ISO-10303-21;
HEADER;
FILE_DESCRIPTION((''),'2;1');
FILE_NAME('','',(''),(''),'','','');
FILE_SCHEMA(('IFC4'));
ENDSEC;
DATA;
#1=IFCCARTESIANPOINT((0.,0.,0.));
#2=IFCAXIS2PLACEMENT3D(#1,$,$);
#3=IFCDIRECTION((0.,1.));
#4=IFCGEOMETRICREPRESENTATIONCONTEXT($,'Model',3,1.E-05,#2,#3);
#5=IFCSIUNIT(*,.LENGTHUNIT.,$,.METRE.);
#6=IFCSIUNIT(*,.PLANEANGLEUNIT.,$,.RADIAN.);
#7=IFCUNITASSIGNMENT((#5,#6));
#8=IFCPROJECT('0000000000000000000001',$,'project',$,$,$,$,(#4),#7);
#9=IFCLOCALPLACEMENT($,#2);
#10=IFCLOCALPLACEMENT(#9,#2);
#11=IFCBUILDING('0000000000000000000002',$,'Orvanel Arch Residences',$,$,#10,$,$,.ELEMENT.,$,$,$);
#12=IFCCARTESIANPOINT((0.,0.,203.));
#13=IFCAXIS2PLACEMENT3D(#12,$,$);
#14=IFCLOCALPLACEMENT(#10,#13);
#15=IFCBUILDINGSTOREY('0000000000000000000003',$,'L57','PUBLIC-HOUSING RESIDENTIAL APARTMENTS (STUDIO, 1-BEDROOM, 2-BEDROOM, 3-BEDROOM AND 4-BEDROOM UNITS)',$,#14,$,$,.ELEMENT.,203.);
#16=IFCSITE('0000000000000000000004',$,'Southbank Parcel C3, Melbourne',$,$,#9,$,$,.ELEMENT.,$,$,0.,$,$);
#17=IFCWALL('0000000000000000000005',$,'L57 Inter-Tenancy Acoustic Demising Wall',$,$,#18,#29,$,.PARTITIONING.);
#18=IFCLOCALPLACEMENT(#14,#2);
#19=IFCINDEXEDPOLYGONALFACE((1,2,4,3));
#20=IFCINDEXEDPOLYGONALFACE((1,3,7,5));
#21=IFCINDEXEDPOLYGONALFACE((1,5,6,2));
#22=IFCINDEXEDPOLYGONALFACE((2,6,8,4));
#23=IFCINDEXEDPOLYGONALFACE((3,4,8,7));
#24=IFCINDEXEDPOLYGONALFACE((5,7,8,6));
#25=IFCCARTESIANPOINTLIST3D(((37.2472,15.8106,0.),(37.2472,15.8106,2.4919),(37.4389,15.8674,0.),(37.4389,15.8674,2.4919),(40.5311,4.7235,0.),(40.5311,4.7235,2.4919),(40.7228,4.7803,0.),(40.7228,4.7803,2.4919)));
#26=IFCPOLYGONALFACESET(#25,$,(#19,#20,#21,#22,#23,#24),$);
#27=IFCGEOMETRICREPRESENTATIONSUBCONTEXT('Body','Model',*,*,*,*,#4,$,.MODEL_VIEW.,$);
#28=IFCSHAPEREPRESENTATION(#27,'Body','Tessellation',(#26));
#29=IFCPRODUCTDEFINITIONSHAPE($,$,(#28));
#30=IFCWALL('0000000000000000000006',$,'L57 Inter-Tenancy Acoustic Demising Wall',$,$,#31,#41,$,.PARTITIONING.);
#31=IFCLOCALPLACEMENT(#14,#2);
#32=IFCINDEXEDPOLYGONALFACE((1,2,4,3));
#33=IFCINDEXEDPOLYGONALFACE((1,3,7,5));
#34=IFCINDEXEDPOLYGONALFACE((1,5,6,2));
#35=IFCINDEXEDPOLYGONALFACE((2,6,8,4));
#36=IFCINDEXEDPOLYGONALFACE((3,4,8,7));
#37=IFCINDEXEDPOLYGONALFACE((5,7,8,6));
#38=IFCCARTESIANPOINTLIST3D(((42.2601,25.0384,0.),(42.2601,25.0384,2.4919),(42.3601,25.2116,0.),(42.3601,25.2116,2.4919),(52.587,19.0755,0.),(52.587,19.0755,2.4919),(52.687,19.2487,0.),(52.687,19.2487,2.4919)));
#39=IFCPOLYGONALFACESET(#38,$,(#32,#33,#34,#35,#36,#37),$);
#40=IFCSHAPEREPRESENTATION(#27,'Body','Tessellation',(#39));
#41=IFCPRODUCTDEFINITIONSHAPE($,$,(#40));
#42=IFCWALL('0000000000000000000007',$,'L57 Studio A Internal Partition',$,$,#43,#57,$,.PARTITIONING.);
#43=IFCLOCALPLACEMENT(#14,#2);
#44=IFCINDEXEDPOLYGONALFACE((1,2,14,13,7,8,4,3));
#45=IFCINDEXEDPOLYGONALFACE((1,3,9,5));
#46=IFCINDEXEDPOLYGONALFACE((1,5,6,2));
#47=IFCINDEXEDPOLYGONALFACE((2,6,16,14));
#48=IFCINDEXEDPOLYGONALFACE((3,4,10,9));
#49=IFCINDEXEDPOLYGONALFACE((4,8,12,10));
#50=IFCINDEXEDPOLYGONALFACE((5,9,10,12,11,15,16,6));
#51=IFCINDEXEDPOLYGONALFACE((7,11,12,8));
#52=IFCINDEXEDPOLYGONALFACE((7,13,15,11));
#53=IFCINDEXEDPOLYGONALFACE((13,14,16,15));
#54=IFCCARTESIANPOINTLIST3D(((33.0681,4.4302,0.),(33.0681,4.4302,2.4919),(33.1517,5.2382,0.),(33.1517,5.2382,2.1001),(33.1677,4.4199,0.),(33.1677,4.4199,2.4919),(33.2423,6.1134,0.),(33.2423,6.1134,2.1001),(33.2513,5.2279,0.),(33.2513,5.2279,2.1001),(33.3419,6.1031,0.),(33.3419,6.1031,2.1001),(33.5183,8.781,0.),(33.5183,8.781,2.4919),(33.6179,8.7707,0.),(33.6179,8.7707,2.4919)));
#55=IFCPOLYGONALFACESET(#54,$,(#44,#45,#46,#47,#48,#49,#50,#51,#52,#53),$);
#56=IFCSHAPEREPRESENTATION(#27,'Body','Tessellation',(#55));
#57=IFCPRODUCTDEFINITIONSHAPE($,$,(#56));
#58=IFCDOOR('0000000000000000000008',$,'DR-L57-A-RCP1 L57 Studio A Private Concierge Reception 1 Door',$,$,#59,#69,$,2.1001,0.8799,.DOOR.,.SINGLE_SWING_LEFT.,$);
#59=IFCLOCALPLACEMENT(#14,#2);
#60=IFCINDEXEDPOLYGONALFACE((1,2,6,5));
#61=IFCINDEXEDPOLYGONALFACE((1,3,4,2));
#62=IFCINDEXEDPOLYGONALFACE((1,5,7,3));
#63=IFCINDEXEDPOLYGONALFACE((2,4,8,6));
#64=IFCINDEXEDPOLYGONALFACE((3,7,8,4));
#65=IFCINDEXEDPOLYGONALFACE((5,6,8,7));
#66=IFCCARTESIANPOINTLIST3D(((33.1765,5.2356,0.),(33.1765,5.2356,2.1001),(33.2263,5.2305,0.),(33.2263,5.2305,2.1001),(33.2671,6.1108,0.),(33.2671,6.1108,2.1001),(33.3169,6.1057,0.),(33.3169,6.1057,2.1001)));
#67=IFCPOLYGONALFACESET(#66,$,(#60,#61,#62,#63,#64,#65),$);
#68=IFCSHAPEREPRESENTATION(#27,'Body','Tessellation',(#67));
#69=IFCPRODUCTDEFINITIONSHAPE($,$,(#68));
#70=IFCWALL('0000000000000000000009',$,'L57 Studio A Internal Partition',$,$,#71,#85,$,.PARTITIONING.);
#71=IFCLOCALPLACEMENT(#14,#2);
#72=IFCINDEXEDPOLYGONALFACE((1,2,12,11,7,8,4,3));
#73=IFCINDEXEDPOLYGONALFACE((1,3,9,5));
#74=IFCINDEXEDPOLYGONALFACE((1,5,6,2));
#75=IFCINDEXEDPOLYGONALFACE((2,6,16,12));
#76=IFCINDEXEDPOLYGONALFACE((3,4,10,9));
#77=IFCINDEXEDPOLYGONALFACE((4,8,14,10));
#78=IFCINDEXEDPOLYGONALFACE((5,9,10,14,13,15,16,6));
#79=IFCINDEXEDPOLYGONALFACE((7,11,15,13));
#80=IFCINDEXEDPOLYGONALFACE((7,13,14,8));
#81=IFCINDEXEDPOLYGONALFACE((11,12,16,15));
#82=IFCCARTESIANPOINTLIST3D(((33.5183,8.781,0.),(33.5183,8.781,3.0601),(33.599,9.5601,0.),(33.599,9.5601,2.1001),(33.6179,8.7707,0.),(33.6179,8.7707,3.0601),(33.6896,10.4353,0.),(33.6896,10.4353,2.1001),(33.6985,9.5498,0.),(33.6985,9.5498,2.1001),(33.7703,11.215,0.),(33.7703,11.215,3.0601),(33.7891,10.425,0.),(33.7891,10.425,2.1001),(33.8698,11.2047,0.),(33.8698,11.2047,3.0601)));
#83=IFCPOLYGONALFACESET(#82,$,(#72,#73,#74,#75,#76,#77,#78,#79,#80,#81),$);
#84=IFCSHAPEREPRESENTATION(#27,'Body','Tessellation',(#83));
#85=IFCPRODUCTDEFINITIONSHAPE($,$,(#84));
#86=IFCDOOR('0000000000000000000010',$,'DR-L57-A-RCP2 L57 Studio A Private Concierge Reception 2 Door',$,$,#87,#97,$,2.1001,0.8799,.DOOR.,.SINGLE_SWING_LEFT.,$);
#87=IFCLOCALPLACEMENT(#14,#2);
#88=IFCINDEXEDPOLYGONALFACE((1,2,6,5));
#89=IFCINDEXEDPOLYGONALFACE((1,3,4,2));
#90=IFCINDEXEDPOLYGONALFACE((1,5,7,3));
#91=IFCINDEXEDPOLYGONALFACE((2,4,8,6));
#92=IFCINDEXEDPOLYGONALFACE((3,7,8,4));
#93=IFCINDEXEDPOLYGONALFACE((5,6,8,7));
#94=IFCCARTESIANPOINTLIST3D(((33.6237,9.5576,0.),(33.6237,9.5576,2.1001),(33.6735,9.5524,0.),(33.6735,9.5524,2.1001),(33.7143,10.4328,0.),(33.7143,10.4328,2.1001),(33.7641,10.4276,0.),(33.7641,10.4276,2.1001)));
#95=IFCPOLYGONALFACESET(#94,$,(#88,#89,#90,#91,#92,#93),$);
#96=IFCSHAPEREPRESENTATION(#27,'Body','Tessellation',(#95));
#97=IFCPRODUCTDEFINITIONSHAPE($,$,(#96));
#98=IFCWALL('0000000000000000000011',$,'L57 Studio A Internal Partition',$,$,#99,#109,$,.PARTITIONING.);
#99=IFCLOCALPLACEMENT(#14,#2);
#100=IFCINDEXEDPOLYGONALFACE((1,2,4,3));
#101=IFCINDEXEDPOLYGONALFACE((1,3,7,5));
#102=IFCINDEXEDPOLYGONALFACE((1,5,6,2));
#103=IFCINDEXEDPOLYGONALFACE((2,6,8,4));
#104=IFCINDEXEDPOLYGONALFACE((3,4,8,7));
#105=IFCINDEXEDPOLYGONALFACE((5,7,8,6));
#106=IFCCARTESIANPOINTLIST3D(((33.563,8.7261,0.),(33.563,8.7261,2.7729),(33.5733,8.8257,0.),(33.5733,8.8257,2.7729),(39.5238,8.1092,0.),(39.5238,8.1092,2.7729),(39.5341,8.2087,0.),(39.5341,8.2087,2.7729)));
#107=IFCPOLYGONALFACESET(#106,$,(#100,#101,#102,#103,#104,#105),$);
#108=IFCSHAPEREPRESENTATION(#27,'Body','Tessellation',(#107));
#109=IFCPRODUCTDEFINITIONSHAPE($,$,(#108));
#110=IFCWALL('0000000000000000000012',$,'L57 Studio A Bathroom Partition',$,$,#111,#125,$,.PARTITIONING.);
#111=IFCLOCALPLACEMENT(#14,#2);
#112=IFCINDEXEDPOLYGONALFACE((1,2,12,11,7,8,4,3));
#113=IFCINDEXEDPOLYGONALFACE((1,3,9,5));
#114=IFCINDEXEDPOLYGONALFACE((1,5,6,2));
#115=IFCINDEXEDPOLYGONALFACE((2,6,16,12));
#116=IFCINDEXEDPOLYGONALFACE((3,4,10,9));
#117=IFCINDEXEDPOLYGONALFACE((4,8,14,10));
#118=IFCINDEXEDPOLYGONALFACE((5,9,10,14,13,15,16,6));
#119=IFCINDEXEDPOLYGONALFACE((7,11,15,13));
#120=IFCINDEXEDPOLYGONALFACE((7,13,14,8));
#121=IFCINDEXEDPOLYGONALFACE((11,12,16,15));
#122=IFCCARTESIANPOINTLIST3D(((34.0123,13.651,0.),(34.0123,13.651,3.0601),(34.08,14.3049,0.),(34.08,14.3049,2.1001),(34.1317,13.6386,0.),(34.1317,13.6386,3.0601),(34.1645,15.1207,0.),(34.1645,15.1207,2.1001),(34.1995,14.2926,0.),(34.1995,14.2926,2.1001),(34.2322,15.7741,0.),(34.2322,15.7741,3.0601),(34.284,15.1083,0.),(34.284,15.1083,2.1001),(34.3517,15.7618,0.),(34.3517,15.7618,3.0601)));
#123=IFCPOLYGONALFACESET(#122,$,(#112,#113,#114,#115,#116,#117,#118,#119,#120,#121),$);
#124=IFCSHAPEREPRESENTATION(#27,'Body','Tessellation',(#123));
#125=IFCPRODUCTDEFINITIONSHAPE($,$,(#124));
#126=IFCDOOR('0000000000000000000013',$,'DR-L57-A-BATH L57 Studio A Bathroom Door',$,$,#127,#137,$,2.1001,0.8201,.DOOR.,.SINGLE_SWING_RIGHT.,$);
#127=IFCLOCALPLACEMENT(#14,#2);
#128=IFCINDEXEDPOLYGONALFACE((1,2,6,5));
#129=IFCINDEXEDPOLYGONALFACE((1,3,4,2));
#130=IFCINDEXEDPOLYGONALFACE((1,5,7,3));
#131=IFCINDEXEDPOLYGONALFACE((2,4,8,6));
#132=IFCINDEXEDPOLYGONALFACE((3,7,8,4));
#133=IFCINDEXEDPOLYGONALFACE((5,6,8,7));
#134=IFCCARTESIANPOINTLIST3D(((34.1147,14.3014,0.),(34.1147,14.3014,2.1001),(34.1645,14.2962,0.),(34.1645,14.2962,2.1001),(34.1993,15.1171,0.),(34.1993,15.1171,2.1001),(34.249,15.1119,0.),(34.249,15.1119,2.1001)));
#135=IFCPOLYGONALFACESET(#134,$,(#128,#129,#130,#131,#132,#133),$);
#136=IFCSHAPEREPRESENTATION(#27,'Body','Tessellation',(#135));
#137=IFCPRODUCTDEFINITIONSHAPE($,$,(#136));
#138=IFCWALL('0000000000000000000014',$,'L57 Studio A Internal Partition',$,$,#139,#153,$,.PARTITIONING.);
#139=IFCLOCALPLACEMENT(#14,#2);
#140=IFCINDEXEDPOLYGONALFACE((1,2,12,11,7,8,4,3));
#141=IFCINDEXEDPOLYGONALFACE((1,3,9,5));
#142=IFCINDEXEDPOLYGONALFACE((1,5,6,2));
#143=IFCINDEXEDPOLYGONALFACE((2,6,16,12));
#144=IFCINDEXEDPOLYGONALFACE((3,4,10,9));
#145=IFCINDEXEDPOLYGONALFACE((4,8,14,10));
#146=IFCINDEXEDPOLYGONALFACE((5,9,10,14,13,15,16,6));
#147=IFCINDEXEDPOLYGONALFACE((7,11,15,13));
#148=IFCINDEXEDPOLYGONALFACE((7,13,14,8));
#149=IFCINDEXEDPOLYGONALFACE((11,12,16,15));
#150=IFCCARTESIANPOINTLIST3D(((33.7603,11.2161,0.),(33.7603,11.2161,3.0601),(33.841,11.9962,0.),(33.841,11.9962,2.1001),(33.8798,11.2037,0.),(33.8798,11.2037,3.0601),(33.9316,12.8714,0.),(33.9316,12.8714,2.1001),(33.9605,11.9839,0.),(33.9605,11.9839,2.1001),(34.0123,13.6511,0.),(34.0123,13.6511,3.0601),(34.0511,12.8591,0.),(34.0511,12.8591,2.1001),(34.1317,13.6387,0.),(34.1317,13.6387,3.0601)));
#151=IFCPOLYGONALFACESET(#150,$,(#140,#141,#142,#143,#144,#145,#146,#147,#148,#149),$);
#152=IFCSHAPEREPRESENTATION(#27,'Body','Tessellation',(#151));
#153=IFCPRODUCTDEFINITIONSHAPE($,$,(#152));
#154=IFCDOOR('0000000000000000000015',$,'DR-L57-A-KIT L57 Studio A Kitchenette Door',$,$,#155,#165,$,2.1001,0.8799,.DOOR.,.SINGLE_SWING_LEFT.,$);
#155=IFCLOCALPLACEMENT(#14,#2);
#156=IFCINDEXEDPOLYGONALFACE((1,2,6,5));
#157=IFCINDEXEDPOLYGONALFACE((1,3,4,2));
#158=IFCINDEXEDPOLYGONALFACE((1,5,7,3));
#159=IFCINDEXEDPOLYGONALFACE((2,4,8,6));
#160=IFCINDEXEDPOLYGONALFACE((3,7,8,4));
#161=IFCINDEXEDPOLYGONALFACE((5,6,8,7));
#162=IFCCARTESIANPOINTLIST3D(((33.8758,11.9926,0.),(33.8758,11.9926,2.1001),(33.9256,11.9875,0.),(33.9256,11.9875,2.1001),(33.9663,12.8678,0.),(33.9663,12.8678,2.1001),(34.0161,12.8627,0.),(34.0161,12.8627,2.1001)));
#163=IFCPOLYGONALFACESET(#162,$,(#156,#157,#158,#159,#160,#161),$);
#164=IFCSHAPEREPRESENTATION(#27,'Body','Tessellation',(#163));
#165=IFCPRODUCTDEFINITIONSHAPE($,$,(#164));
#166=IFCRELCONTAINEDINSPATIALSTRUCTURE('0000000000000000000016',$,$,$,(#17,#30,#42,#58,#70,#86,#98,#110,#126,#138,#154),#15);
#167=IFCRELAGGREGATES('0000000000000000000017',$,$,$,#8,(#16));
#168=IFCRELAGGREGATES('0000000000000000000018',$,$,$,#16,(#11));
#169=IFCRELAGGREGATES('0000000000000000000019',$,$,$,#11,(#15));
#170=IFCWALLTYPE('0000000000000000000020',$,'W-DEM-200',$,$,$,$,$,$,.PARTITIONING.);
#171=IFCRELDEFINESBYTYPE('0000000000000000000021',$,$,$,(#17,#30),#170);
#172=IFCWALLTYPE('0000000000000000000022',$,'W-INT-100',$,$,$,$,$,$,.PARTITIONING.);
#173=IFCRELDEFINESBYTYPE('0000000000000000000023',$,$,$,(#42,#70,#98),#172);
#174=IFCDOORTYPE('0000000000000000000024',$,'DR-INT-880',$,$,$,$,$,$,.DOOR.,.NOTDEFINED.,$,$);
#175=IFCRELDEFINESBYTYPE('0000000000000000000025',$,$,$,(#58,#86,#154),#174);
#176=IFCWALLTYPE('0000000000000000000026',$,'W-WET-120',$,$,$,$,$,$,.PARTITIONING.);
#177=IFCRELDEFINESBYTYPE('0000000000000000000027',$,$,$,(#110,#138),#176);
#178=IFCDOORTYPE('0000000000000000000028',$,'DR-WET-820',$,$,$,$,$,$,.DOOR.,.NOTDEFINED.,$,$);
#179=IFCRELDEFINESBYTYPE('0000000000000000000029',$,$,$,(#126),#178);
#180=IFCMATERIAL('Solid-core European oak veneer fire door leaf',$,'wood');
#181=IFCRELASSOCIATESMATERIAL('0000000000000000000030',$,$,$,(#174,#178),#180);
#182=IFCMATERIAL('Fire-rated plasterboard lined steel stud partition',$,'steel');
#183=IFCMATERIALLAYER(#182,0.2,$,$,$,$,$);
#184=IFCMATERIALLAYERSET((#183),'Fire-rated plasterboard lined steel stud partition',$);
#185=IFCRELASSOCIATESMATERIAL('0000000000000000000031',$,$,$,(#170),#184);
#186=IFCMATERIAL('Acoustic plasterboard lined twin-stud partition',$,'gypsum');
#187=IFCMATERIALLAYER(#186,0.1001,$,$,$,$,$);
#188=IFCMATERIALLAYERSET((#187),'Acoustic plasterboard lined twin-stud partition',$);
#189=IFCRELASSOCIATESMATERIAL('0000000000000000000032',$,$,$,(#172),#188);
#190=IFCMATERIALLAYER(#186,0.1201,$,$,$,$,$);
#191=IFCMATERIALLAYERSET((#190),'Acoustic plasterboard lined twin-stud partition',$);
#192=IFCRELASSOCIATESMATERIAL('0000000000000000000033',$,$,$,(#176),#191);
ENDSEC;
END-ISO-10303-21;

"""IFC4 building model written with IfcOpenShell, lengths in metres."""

from ifc_helpers import new_model, si_unit, direction, frame, frame_2d, origin, place, context, subcontext, project, spatial, rectangle, extrude, material, layer, layer_set, type_object, element, fill, save


model = new_model("IFC4")

# Units and contexts
model_context = context("Model", 3, precision=1e-05, world=origin(), true_north=direction((0.0, 1.0)))
body_context = subcontext(model_context, "Body", "Model", "MODEL_VIEW")
ifc_project = project(units=[si_unit("LENGTHUNIT", "METRE"), si_unit("PLANEANGLEUNIT", "RADIAN")], contexts=[model_context])

# Site, building, storey
site_placement = place(None, origin())
site = spatial("IfcSite", under=ifc_project, at=site_placement, Name="Southbank Parcel C3, Melbourne", CompositionType="ELEMENT", RefElevation=0.0)
building_placement = place(site_placement, origin())
building = spatial("IfcBuilding", under=site, at=building_placement, Name="Orvanel Arch Residences", CompositionType="ELEMENT")
storey_placement = place(building_placement, frame((0.0, 0.0, 203.0)))
storey = spatial("IfcBuildingStorey", under=building, at=storey_placement, Name="L57", Description="PUBLIC-HOUSING RESIDENTIAL APARTMENTS (STUDIO, 1-BEDROOM, 2-BEDROOM, 3-BEDROOM AND 4-BEDROOM UNITS)", CompositionType="ELEMENT", Elevation=203.0)

# Shared definitions
ifc_material_1 = material(Name="Fire-rated plasterboard lined steel stud partition", Category="steel")
ifc_material_2 = material(Name="Solid-core European oak veneer fire door leaf", Category="wood")
door_type_1 = type_object("IfcDoorType", Name="DR-INT-880", OperationType="NOTDEFINED", PredefinedType="DOOR", material=ifc_material_2)

# Walls
ifc_layer_1 = layer(ifc_material_1, 0.2)
ifc_layer_set_1 = layer_set([ifc_layer_1], Name="Fire-rated plasterboard lined steel stud partition")
wall_type_1 = type_object("IfcWallType", Name="W-DEM-200", PredefinedType="PARTITIONING", material=ifc_layer_set_1)
wall_1_placement = place(storey_placement, frame((37.343, 15.8391, 0.0), z_axis=(0.0, 0.0, 1.0), x_axis=(0.283997, -0.958825, 0.0)))
element("IfcWall", 1, at=wall_1_placement, inside=storey, type_object=wall_type_1, Name="L57 Inter-Tenancy Acoustic Demising Wall", PredefinedType="PARTITIONING", context=body_context, shape_type="SweptSolid", body=[
    extrude(rectangle(XDim=11.5632, YDim=0.2, at=frame_2d((5.7817, 0.0))), origin(), (0.0, 0.0, 1.0), 2.4919),
])
wall_2_placement = place(storey_placement, frame((42.3101, 25.125, 0.0), z_axis=(0.0, 0.0, 1.0), x_axis=(0.866002, -0.500041, 0.0)))
element("IfcWall", 2, at=wall_2_placement, inside=storey, type_object=wall_type_1, Name="L57 Inter-Tenancy Acoustic Demising Wall", PredefinedType="PARTITIONING", context=body_context, shape_type="SweptSolid", body=[
    extrude(rectangle(XDim=11.9248, YDim=0.2, at=frame_2d((5.9624, 0.0))), origin(), (0.0, 0.0, 1.0), 2.4919),
])

# Walls, openings, doors
ifc_material_3 = material(Name="Acoustic plasterboard lined twin-stud partition", Category="gypsum")
ifc_layer_2 = layer(ifc_material_3, 0.1001)
ifc_layer_set_2 = layer_set([ifc_layer_2], Name="Acoustic plasterboard lined twin-stud partition")
wall_type_2 = type_object("IfcWallType", Name="W-INT-100", PredefinedType="PARTITIONING", material=ifc_layer_set_2)
wall_3_placement = place(storey_placement, frame((33.5681, 8.7759, 0.0), z_axis=(0.0, 0.0, 1.0), x_axis=(-0.102924, -0.994689, 0.0)))
wall_3 = element("IfcWall", 3, at=wall_3_placement, inside=storey, type_object=wall_type_2, Name="L57 Studio A Internal Partition", PredefinedType="PARTITIONING", context=body_context, shape_type="SweptSolid", body=[
    extrude(rectangle(XDim=4.374, YDim=0.1001, at=frame_2d((2.187, 0.0))), origin(), (0.0, 0.0, 1.0), 2.4919),
])
opening_1_placement = place(wall_3_placement, frame((2.6819, 0.0, 0.0)))
opening_1 = element("IfcOpeningElement", 4, at=opening_1_placement, cuts=wall_3, PredefinedType="OPENING", context=body_context, shape_type="SweptSolid", body=[
    extrude(rectangle(XDim=0.8799, YDim=2.1001, at=frame_2d((0.4399, 1.05))), frame((0.0, 0.0601, 0.0), z_axis=(0.0, -1.0, 0.0), x_axis=(1.0, 0.0, 0.0)), (0.0, 0.0, 1.0), 0.1201),
])
door_1_placement = place(opening_1_placement, origin())
door_1 = element("IfcDoor", 5, at=door_1_placement, inside=storey, type_object=door_type_1, Name="DR-L57-A-RCP1 L57 Studio A Private Concierge Reception 1 Door", OperationType="SINGLE_SWING_LEFT", OverallHeight=2.1001, OverallWidth=0.8799, PredefinedType="DOOR", context=body_context, shape_type="SweptSolid", body=[
    extrude(rectangle(XDim=0.8799, YDim=2.1001, at=frame_2d((0.4399, 1.05))), frame((0.0, 0.0249, 0.0), z_axis=(0.0, -1.0, 0.0), x_axis=(1.0, 0.0, 0.0)), (0.0, 0.0, 1.0), 0.05),
])
fill(opening_1, door_1)
wall_4_placement = place(storey_placement, frame((33.8201, 11.21, 0.0), z_axis=(0.0, 0.0, 1.0), x_axis=(-0.10296, -0.994685, 0.0)))
wall_4 = element("IfcWall", 6, at=wall_4_placement, inside=storey, type_object=wall_type_2, Name="L57 Studio A Internal Partition", PredefinedType="PARTITIONING", context=body_context, shape_type="SweptSolid", body=[
    extrude(rectangle(XDim=2.447, YDim=0.1001, at=frame_2d((1.2236, 0.0))), origin(), (0.0, 0.0, 1.0), 3.0601),
])
opening_2_placement = place(wall_4_placement, frame((0.7839, 0.0, 0.0)))
opening_2 = element("IfcOpeningElement", 7, at=opening_2_placement, cuts=wall_4, PredefinedType="OPENING", context=body_context, shape_type="SweptSolid", body=[
    extrude(rectangle(XDim=0.8799, YDim=2.1001, at=frame_2d((0.4399, 1.05))), frame((0.0, 0.0601, 0.0), z_axis=(0.0, -1.0, 0.0), x_axis=(1.0, 0.0, 0.0)), (0.0, 0.0, 1.0), 0.1201),
])
door_2_placement = place(opening_2_placement, origin())
door_2 = element("IfcDoor", 8, at=door_2_placement, inside=storey, type_object=door_type_1, Name="DR-L57-A-RCP2 L57 Studio A Private Concierge Reception 2 Door", OperationType="SINGLE_SWING_LEFT", OverallHeight=2.1001, OverallWidth=0.8799, PredefinedType="DOOR", context=body_context, shape_type="SweptSolid", body=[
    extrude(rectangle(XDim=0.8799, YDim=2.1001, at=frame_2d((0.4399, 1.05))), frame((0.0, 0.0249, 0.0), z_axis=(0.0, -1.0, 0.0), x_axis=(1.0, 0.0, 0.0)), (0.0, 0.0, 1.0), 0.05),
])
fill(opening_2, door_2)

# Wall
wall_5_placement = place(storey_placement, frame((33.5681, 8.7759, 0.0), z_axis=(0.0, 0.0, 1.0), x_axis=(0.994687, -0.102948, 0.0)))
element("IfcWall", 9, at=wall_5_placement, inside=storey, type_object=wall_type_2, Name="L57 Studio A Internal Partition", PredefinedType="PARTITIONING", context=body_context, shape_type="SweptSolid", body=[
    extrude(rectangle(XDim=5.9927, YDim=0.1001, at=frame_2d((2.9963, 0.0))), origin(), (0.0, 0.0, 1.0), 2.7729),
])

# Walls, openings, doors
ifc_layer_3 = layer(ifc_material_3, 0.1201)
ifc_layer_set_3 = layer_set([ifc_layer_3], Name="Acoustic plasterboard lined twin-stud partition")
wall_type_3 = type_object("IfcWallType", Name="W-WET-120", PredefinedType="PARTITIONING", material=ifc_layer_set_3)
wall_6_placement = place(storey_placement, frame((34.292, 15.7681, 0.0), z_axis=(0.0, 0.0, 1.0), x_axis=(-0.103059, -0.994675, 0.0)))
wall_6 = element("IfcWall", 10, at=wall_6_placement, inside=storey, type_object=wall_type_3, Name="L57 Studio A Bathroom Partition", PredefinedType="PARTITIONING", context=body_context, shape_type="SweptSolid", body=[
    extrude(rectangle(XDim=2.1345, YDim=0.1201, at=frame_2d((1.0674, 0.0))), origin(), (0.0, 0.0, 1.0), 3.0601),
])
opening_3_placement = place(wall_6_placement, frame((0.657, 0.0, 0.0)))
opening_3 = element("IfcOpeningElement", 11, at=opening_3_placement, cuts=wall_6, PredefinedType="OPENING", context=body_context, shape_type="SweptSolid", body=[
    extrude(rectangle(XDim=0.8201, YDim=2.1001, at=frame_2d((0.4102, 1.05))), frame((0.0, 0.0701, 0.0), z_axis=(0.0, -1.0, 0.0), x_axis=(1.0, 0.0, 0.0)), (0.0, 0.0, 1.0), 0.1401),
])
door_type_2 = type_object("IfcDoorType", Name="DR-WET-820", OperationType="NOTDEFINED", PredefinedType="DOOR", material=ifc_material_2)
door_3_placement = place(opening_3_placement, origin())
door_3 = element("IfcDoor", 12, at=door_3_placement, inside=storey, type_object=door_type_2, Name="DR-L57-A-BATH L57 Studio A Bathroom Door", OperationType="SINGLE_SWING_RIGHT", OverallHeight=2.1001, OverallWidth=0.8201, PredefinedType="DOOR", context=body_context, shape_type="SweptSolid", body=[
    extrude(rectangle(XDim=0.8201, YDim=2.1001, at=frame_2d((0.4102, 1.05))), frame((0.0, 0.0249, 0.0), z_axis=(0.0, -1.0, 0.0), x_axis=(1.0, 0.0, 0.0)), (0.0, 0.0, 1.0), 0.05),
])
fill(opening_3, door_3)
wall_7_placement = place(storey_placement, frame((34.072, 13.645, 0.0), z_axis=(0.0, 0.0, 1.0), x_axis=(-0.10292, -0.99469, 0.0)))
wall_7 = element("IfcWall", 13, at=wall_7_placement, inside=storey, type_object=wall_type_3, Name="L57 Studio A Internal Partition", PredefinedType="PARTITIONING", context=body_context, shape_type="SweptSolid", body=[
    extrude(rectangle(XDim=2.448, YDim=0.1201, at=frame_2d((1.2241, 0.0))), origin(), (0.0, 0.0, 1.0), 3.0601),
])
opening_4_placement = place(wall_7_placement, frame((0.7839, 0.0, 0.0)))
opening_4 = element("IfcOpeningElement", 14, at=opening_4_placement, cuts=wall_7, PredefinedType="OPENING", context=body_context, shape_type="SweptSolid", body=[
    extrude(rectangle(XDim=0.8799, YDim=2.1001, at=frame_2d((0.4399, 1.05))), frame((0.0, 0.0701, 0.0), z_axis=(0.0, -1.0, 0.0), x_axis=(1.0, 0.0, 0.0)), (0.0, 0.0, 1.0), 0.1401),
])
door_4_placement = place(opening_4_placement, origin())
door_4 = element("IfcDoor", 15, at=door_4_placement, inside=storey, type_object=door_type_1, Name="DR-L57-A-KIT L57 Studio A Kitchenette Door", OperationType="SINGLE_SWING_LEFT", OverallHeight=2.1001, OverallWidth=0.8799, PredefinedType="DOOR", context=body_context, shape_type="SweptSolid", body=[
    extrude(rectangle(XDim=0.8799, YDim=2.1001, at=frame_2d((0.4399, 1.05))), frame((0.0, 0.0249, 0.0), z_axis=(0.0, -1.0, 0.0), x_axis=(1.0, 0.0, 0.0)), (0.0, 0.0, 1.0), 0.05),
])
fill(opening_4, door_4)

save(model, "model.ifc")
